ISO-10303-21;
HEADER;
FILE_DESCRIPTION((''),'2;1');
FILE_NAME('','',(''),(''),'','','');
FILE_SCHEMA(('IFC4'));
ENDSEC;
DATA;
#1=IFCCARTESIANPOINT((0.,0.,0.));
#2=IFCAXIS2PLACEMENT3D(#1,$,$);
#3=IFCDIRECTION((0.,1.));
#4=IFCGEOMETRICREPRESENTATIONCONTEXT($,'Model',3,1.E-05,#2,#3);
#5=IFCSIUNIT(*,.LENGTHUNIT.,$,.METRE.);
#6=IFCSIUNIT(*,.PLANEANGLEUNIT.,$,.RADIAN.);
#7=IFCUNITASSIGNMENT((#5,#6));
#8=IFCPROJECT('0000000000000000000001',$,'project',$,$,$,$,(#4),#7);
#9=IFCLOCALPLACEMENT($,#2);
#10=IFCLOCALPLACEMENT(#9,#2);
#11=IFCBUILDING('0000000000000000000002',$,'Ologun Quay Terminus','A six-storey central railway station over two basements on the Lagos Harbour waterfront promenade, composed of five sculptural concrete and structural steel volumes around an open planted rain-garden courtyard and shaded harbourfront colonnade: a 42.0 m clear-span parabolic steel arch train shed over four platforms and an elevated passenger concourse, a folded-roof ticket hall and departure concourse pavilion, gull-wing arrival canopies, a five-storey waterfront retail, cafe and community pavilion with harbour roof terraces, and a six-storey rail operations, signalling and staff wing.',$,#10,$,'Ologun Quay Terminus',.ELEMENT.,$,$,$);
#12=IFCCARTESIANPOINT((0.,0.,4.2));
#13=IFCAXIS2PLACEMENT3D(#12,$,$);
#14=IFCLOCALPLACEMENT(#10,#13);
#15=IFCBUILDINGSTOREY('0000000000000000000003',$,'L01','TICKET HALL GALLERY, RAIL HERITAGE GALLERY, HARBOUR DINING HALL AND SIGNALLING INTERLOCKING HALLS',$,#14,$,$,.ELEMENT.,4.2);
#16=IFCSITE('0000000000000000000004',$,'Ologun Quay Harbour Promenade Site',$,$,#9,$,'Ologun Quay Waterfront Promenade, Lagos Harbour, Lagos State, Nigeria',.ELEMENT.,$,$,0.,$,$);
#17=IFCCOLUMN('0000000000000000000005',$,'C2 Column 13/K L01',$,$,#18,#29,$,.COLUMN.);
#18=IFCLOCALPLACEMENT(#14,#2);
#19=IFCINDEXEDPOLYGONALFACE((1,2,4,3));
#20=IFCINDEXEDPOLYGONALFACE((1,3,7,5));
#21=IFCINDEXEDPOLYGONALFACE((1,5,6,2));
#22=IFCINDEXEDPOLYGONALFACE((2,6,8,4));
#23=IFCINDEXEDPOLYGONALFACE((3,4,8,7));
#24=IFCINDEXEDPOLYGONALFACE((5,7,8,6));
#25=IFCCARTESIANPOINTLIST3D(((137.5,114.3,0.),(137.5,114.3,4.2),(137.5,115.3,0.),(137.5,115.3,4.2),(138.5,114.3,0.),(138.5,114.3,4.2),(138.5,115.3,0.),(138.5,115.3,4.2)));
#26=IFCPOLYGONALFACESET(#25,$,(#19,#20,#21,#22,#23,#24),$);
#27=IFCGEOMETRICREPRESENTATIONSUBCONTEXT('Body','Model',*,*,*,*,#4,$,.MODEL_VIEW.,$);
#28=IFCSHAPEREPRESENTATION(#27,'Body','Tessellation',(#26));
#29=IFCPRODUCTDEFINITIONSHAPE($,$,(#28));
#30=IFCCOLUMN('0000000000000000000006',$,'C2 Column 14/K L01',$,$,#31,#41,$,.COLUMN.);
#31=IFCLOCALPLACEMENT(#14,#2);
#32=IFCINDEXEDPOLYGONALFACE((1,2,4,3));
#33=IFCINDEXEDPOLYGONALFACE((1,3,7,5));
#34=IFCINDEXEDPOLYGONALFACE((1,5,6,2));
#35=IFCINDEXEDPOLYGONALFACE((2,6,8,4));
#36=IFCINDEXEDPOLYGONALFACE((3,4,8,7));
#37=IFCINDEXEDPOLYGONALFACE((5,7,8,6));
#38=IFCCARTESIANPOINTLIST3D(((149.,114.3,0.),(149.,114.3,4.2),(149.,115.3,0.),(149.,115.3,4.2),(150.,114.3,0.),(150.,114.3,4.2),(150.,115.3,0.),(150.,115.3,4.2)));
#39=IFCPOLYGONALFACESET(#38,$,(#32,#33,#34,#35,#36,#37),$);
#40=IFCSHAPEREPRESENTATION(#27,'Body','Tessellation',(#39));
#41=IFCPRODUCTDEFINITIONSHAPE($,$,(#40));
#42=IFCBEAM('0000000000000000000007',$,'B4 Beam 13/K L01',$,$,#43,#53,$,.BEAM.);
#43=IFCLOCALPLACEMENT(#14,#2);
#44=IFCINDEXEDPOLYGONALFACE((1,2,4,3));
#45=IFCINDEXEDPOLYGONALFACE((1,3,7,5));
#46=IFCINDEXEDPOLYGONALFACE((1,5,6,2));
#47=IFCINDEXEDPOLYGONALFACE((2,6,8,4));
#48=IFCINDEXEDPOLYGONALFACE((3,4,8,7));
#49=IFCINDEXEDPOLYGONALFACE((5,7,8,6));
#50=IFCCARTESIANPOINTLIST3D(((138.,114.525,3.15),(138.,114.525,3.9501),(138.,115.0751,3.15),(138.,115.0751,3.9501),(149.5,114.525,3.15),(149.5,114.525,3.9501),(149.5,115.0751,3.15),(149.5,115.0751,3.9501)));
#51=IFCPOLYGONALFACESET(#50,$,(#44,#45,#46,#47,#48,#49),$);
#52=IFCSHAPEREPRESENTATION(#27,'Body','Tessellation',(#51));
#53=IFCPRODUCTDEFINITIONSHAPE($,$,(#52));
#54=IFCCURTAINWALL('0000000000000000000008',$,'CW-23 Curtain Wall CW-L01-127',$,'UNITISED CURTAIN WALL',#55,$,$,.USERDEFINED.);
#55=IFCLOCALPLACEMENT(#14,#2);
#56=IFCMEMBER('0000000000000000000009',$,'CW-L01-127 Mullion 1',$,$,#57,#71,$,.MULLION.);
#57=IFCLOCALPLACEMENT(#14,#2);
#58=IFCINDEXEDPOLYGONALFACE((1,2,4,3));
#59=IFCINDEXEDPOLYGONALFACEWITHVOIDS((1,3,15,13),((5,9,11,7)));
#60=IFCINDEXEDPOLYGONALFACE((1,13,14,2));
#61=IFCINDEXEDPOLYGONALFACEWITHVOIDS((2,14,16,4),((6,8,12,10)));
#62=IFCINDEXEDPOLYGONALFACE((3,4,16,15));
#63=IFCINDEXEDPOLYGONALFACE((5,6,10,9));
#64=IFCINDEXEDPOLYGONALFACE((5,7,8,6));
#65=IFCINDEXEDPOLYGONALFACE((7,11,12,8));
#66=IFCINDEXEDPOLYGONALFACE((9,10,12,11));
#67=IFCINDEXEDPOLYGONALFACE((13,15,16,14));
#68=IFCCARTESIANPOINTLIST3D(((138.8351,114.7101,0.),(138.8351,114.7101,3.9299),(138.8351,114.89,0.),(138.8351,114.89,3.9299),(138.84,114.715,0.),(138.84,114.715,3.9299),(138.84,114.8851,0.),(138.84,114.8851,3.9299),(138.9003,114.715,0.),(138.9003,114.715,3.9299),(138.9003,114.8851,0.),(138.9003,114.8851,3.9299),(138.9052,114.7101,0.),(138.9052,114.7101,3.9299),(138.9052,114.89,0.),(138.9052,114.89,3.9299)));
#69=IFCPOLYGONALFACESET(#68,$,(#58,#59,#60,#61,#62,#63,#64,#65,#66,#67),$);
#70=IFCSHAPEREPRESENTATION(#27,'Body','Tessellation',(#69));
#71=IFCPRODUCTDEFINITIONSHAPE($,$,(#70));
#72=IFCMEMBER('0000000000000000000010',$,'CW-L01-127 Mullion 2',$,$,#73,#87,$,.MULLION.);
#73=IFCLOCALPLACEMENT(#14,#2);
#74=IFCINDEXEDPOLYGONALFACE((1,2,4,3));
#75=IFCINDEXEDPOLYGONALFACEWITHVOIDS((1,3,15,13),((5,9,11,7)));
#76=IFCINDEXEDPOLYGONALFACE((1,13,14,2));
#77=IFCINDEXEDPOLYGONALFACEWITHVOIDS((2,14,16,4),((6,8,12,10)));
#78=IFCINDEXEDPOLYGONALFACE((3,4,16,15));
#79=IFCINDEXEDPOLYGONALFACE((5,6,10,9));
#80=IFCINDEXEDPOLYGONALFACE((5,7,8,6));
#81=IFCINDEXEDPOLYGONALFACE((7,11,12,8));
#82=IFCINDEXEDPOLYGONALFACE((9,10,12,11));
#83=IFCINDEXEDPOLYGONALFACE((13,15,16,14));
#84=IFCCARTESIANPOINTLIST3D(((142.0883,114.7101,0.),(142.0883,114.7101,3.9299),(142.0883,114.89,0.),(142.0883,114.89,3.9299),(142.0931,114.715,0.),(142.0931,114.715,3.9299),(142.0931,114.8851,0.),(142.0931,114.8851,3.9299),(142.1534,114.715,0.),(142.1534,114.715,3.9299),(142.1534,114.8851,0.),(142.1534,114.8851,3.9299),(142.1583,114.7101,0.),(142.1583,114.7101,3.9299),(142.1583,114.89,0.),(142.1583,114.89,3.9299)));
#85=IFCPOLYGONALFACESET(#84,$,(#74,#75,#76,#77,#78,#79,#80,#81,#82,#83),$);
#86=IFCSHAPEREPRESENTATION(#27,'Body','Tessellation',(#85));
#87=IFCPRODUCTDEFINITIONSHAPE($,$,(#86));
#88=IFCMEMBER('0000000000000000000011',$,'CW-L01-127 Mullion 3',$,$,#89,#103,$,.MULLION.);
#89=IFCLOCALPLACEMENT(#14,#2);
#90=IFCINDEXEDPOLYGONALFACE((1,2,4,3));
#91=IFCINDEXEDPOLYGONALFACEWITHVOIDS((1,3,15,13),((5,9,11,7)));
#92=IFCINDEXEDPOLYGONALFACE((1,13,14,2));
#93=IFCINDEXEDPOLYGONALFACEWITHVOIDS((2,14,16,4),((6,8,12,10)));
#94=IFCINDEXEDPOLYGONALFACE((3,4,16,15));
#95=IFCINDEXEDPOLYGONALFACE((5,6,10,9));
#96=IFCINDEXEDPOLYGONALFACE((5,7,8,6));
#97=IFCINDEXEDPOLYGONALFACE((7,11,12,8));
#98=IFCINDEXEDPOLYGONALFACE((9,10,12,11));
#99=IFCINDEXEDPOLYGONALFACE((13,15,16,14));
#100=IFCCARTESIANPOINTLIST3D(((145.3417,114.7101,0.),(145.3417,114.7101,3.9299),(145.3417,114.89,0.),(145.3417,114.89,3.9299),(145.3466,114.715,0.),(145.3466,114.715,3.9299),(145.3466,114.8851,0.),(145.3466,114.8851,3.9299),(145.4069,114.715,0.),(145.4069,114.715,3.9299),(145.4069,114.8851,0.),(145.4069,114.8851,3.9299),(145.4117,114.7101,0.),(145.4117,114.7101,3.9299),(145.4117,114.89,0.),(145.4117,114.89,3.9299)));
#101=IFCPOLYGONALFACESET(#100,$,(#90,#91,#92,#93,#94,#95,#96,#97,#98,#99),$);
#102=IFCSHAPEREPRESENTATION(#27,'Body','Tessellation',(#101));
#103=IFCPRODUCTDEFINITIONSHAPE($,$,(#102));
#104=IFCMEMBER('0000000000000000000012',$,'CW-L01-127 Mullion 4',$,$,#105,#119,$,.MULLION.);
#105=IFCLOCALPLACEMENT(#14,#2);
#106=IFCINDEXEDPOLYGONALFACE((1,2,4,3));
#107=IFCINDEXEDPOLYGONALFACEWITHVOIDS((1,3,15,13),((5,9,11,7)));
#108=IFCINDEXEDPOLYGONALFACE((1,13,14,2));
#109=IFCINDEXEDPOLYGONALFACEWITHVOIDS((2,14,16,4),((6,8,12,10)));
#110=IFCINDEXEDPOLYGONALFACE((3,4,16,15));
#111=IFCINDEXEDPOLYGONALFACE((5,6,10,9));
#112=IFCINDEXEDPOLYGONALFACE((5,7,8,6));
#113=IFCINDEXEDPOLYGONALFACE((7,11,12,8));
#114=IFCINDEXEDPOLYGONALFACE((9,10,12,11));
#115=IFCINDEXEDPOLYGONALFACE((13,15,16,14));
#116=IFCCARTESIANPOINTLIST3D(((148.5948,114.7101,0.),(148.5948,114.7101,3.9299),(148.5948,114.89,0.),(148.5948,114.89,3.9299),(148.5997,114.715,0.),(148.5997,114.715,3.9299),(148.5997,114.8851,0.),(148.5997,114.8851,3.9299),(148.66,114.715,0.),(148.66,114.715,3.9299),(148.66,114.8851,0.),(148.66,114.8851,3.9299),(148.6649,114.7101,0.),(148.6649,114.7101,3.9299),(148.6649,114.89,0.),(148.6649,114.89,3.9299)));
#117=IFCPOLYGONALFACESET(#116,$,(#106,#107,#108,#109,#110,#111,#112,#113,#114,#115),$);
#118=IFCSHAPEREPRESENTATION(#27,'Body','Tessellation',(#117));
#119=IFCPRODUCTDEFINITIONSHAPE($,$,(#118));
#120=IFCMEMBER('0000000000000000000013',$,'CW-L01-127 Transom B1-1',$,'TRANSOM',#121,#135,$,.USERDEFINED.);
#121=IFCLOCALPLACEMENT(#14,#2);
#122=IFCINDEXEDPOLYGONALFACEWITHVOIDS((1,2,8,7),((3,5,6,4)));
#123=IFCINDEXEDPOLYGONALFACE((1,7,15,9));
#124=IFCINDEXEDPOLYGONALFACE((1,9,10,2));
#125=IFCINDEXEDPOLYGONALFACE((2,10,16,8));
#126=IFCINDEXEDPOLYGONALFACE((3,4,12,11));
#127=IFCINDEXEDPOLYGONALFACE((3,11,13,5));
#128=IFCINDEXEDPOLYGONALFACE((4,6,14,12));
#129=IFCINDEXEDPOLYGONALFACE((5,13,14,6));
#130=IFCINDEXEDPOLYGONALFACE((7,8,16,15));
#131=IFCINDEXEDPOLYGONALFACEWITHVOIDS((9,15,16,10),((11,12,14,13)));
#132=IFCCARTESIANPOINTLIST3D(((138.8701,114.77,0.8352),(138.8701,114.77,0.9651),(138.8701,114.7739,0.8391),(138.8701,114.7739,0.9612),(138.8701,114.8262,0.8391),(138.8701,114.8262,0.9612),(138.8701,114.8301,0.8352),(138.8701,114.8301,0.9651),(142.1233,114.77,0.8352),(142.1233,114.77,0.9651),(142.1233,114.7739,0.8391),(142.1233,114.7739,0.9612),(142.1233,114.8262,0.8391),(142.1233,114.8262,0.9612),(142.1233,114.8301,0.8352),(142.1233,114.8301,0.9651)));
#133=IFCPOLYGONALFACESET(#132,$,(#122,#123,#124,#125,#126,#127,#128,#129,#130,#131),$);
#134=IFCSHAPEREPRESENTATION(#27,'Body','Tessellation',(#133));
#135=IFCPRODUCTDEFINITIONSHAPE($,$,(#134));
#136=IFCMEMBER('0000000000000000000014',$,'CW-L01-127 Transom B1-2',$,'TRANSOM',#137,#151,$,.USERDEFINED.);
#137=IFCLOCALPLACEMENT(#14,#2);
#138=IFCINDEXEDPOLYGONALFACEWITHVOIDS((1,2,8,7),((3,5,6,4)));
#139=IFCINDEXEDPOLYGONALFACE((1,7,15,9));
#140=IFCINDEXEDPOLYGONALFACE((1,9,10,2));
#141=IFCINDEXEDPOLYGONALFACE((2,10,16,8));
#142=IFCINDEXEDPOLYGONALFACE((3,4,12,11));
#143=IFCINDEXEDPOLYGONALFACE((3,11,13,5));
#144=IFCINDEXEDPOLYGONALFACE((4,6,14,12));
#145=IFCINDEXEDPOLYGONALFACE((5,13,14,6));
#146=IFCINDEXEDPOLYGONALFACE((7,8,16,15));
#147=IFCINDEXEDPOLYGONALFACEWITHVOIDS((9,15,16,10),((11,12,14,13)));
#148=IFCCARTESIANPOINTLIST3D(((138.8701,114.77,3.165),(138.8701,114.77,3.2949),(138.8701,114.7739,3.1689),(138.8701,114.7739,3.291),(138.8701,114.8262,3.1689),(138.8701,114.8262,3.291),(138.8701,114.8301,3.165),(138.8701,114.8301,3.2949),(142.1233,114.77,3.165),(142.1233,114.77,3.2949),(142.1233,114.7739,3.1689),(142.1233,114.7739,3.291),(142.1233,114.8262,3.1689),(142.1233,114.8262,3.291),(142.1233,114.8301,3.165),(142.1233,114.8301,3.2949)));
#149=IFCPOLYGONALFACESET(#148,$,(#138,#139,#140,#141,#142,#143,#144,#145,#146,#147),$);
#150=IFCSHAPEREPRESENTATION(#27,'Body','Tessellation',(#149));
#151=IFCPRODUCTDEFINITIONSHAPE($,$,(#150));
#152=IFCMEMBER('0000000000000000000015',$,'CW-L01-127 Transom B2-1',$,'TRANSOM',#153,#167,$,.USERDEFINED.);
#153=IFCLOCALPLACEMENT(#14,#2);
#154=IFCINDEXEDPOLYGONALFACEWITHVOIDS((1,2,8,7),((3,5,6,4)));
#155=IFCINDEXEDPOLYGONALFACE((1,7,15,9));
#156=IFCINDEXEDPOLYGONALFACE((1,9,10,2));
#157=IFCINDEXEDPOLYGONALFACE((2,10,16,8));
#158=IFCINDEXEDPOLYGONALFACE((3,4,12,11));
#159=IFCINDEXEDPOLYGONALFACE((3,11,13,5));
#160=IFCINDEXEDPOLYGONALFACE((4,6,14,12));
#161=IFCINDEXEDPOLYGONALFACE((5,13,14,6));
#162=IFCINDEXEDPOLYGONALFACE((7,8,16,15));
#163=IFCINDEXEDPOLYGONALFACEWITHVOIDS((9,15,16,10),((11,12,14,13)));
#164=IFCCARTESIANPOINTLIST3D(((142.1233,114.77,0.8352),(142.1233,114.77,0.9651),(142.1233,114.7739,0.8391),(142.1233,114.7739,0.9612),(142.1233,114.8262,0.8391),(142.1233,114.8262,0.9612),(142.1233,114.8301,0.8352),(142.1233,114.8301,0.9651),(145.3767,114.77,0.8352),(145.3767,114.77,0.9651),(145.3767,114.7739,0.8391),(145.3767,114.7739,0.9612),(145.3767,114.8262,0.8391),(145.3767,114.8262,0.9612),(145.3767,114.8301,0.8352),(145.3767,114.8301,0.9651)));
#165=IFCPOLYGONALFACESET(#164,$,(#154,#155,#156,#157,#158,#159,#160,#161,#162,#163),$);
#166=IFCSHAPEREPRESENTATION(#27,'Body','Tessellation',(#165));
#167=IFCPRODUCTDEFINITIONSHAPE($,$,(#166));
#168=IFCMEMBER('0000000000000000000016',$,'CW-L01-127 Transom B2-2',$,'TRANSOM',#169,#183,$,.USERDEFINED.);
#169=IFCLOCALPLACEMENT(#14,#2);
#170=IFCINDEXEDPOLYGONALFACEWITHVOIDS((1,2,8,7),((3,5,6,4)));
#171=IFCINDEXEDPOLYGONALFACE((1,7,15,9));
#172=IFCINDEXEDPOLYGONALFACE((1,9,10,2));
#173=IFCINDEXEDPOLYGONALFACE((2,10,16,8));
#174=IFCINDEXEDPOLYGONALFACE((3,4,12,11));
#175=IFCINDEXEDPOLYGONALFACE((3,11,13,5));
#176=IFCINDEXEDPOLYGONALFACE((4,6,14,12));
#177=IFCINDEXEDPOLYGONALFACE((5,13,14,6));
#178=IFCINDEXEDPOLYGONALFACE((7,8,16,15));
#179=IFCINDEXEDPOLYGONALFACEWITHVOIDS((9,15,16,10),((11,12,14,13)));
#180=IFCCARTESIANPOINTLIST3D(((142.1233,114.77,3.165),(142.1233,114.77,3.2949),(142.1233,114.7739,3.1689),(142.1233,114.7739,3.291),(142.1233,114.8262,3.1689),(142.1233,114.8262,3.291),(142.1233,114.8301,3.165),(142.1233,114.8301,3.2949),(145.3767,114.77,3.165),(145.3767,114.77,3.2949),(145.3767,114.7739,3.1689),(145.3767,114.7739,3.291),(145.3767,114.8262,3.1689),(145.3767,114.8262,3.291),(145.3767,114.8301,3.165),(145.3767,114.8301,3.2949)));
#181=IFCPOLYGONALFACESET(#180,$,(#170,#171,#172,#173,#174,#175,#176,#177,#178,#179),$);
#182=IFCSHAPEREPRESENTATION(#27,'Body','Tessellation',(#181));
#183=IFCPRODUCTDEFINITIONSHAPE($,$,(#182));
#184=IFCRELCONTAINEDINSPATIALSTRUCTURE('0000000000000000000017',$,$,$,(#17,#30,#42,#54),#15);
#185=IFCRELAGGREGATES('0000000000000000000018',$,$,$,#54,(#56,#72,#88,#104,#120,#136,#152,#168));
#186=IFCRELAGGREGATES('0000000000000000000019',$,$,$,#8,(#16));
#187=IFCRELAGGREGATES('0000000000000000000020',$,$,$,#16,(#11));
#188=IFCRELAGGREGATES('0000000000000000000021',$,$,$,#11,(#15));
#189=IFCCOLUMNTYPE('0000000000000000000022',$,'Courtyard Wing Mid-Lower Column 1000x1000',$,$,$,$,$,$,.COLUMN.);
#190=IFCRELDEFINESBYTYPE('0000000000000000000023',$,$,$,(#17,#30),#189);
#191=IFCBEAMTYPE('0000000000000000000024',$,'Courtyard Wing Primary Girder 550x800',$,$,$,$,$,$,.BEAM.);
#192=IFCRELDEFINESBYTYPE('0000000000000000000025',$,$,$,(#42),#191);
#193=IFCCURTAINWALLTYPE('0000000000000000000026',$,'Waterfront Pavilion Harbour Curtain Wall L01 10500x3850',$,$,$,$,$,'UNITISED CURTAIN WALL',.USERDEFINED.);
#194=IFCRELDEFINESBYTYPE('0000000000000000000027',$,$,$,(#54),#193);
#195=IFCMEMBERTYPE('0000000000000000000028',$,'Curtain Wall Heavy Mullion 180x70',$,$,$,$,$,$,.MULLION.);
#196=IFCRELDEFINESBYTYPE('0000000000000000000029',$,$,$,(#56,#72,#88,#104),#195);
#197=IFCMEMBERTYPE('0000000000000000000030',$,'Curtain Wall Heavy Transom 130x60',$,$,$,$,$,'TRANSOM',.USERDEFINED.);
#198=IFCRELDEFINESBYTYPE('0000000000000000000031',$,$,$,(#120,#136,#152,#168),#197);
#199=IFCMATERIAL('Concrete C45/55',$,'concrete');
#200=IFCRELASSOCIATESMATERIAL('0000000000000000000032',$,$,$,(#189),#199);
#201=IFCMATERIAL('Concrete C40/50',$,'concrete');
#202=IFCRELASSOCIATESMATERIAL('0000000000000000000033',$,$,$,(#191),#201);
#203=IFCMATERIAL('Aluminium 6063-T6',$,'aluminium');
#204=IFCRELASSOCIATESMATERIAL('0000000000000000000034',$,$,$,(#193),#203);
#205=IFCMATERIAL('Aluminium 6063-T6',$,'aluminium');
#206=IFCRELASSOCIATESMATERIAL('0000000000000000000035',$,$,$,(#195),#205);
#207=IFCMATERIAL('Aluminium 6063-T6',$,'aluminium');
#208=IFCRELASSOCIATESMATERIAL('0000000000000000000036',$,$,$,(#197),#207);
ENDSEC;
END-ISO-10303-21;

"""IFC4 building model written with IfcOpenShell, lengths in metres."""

from ifc_helpers import new_model, si_unit, direction, frame, origin, origin_2d, place, context, subcontext, project, spatial, rectangle, hollow_rectangle, extrude, material, material_profile, profile_set, type_object, element, aggregate, save


model = new_model("IFC4")

# Units and contexts
model_context = context("Model", 3, precision=1e-05, world=origin(), true_north=direction((0.0, 1.0)))
body_context = subcontext(model_context, "Body", "Model", "MODEL_VIEW")
ifc_project = project(units=[si_unit("LENGTHUNIT", "METRE"), si_unit("PLANEANGLEUNIT", "RADIAN")], contexts=[model_context])

# Site, building, storey
site_placement = place(None, origin())
site = spatial("IfcSite", under=ifc_project, at=site_placement, Name="Ologun Quay Harbour Promenade Site", LongName="Ologun Quay Waterfront Promenade, Lagos Harbour, Lagos State, Nigeria", CompositionType="ELEMENT", RefElevation=0.0)
building_placement = place(site_placement, origin())
building = spatial("IfcBuilding", under=site, at=building_placement, Name="Ologun Quay Terminus", Description="A six-storey central railway station over two basements on the Lagos Harbour waterfront promenade, composed of five sculptural concrete and structural steel volumes around an open planted rain-garden courtyard and shaded harbourfront colonnade: a 42.0 m clear-span parabolic steel arch train shed over four platforms and an elevated passenger concourse, a folded-roof ticket hall and departure concourse pavilion, gull-wing arrival canopies, a five-storey waterfront retail, cafe and community pavilion with harbour roof terraces, and a six-storey rail operations, signalling and staff wing.", LongName="Ologun Quay Terminus", CompositionType="ELEMENT")
storey_placement = place(building_placement, frame((0.0, 0.0, 4.2)))
storey = spatial("IfcBuildingStorey", under=building, at=storey_placement, Name="L01", Description="TICKET HALL GALLERY, RAIL HERITAGE GALLERY, HARBOUR DINING HALL AND SIGNALLING INTERLOCKING HALLS", CompositionType="ELEMENT", Elevation=4.2)

# Columns
ifc_material_1 = material(Name="Concrete C45/55", Category="concrete")
ifc_material_profile_1 = material_profile(ifc_material_1, rectangle(XDim=1.0, YDim=1.0, at=origin_2d()), Name="RC 1000x1000")
ifc_profile_set_1 = profile_set([ifc_material_profile_1], Name="Concrete C45/55")
column_type = type_object("IfcColumnType", Name="Courtyard Wing Mid-Lower Column 1000x1000", PredefinedType="COLUMN", material=ifc_profile_set_1)
for number, where, z_axis, x_axis, name in (
    (1, (138.0, 114.8, 0.0), (0.0, 0.0, 1.0), (1.0, 0.0, 0.0), "C2 Column 13/K L01"),
    (2, (149.5, 114.8, 0.0), (0.0, 0.0, 1.0), (1.0, 0.0, 0.0), "C2 Column 14/K L01"),
):
    element("IfcColumn", number, at=place(storey_placement, frame(where, z_axis=z_axis, x_axis=x_axis)), inside=storey, type_object=column_type, Name=name, PredefinedType="COLUMN", context=body_context, shape_type="SweptSolid", body=[
        extrude(rectangle(XDim=1.0, YDim=1.0, at=origin_2d()), origin(), (0.0, 0.0, 1.0), 4.2),
    ])

# Beam
ifc_material_2 = material(Name="Concrete C40/50", Category="concrete")
ifc_material_profile_2 = material_profile(ifc_material_2, rectangle(XDim=0.55, YDim=0.8, at=origin_2d()), Name="RC 550x800")
ifc_profile_set_2 = profile_set([ifc_material_profile_2], Name="Concrete C40/50")
beam_type = type_object("IfcBeamType", Name="Courtyard Wing Primary Girder 550x800", PredefinedType="BEAM", material=ifc_profile_set_2)
beam_placement = place(storey_placement, frame((138.0, 114.8, 3.55), z_axis=(1.0, 0.0, 0.0), x_axis=(0.0, 1.0, 0.0)))
element("IfcBeam", 3, at=beam_placement, inside=storey, type_object=beam_type, Name="B4 Beam 13/K L01", PredefinedType="BEAM", context=body_context, shape_type="SweptSolid", body=[
    extrude(rectangle(XDim=0.55, YDim=0.8, at=origin_2d()), origin(), (0.0, 0.0, 1.0), 11.5),
])

# Curtain wall, members
ifc_material_3 = material(Name="Aluminium 6063-T6", Category="aluminium")
curtain_wall_type = type_object("IfcCurtainWallType", Name="Waterfront Pavilion Harbour Curtain Wall L01 10500x3850", ElementType="UNITISED CURTAIN WALL", PredefinedType="USERDEFINED", material=ifc_material_3)
curtain_wall_placement = place(storey_placement, origin())
curtain_wall = element("IfcCurtainWall", 4, at=curtain_wall_placement, inside=storey, type_object=curtain_wall_type, Name="CW-23 Curtain Wall CW-L01-127", ObjectType="UNITISED CURTAIN WALL", PredefinedType="USERDEFINED")
ifc_material_4 = material(Name="Aluminium 6063-T6", Category="aluminium")
ifc_material_profile_3 = material_profile(ifc_material_4, hollow_rectangle(XDim=0.0701, YDim=0.1799, WallThickness=0.0049, at=origin_2d()), Name="ALU 180x70x5")
ifc_profile_set_3 = profile_set([ifc_material_profile_3], Name="Aluminium 6063-T6")
member_type_1 = type_object("IfcMemberType", Name="Curtain Wall Heavy Mullion 180x70", PredefinedType="MULLION", material=ifc_profile_set_3)
member_1_placement = place(storey_placement, frame((138.8701, 114.8, 0.0), z_axis=(0.0, 0.0, 1.0), x_axis=(1.0, 0.0, 0.0)))
member_1 = element("IfcMember", 5, at=member_1_placement, type_object=member_type_1, Name="CW-L01-127 Mullion 1", PredefinedType="MULLION", context=body_context, shape_type="SweptSolid", body=[
    extrude(hollow_rectangle(XDim=0.0701, YDim=0.1799, WallThickness=0.0049, at=origin_2d()), origin(), (0.0, 0.0, 1.0), 3.9299),
])
member_2_placement = place(storey_placement, frame((142.1233, 114.8, 0.0), z_axis=(0.0, 0.0, 1.0), x_axis=(1.0, 0.0, 0.0)))
member_2 = element("IfcMember", 6, at=member_2_placement, type_object=member_type_1, Name="CW-L01-127 Mullion 2", PredefinedType="MULLION", context=body_context, shape_type="SweptSolid", body=[
    extrude(hollow_rectangle(XDim=0.0701, YDim=0.1799, WallThickness=0.0049, at=origin_2d()), origin(), (0.0, 0.0, 1.0), 3.9299),
])
member_3_placement = place(storey_placement, frame((145.3767, 114.8, 0.0), z_axis=(0.0, 0.0, 1.0), x_axis=(1.0, 0.0, 0.0)))
member_3 = element("IfcMember", 7, at=member_3_placement, type_object=member_type_1, Name="CW-L01-127 Mullion 3", PredefinedType="MULLION", context=body_context, shape_type="SweptSolid", body=[
    extrude(hollow_rectangle(XDim=0.0701, YDim=0.1799, WallThickness=0.0049, at=origin_2d()), origin(), (0.0, 0.0, 1.0), 3.9299),
])
member_4_placement = place(storey_placement, frame((148.6299, 114.8, 0.0), z_axis=(0.0, 0.0, 1.0), x_axis=(1.0, 0.0, 0.0)))
member_4 = element("IfcMember", 8, at=member_4_placement, type_object=member_type_1, Name="CW-L01-127 Mullion 4", PredefinedType="MULLION", context=body_context, shape_type="SweptSolid", body=[
    extrude(hollow_rectangle(XDim=0.0701, YDim=0.1799, WallThickness=0.0049, at=origin_2d()), origin(), (0.0, 0.0, 1.0), 3.9299),
])
ifc_material_5 = material(Name="Aluminium 6063-T6", Category="aluminium")
ifc_material_profile_4 = material_profile(ifc_material_5, hollow_rectangle(XDim=0.0601, YDim=0.1299, WallThickness=0.0039, at=origin_2d()), Name="ALU 130x60x4")
ifc_profile_set_4 = profile_set([ifc_material_profile_4], Name="Aluminium 6063-T6")
member_type_2 = type_object("IfcMemberType", Name="Curtain Wall Heavy Transom 130x60", ElementType="TRANSOM", PredefinedType="USERDEFINED", material=ifc_profile_set_4)
member_5_placement = place(storey_placement, frame((138.8701, 114.8, 0.9001), z_axis=(1.0, 0.0, 0.0), x_axis=(0.0, 1.0, 0.0)))
member_5 = element("IfcMember", 9, at=member_5_placement, type_object=member_type_2, Name="CW-L01-127 Transom B1-1", ObjectType="TRANSOM", PredefinedType="USERDEFINED", context=body_context, shape_type="SweptSolid", body=[
    extrude(hollow_rectangle(XDim=0.0601, YDim=0.1299, WallThickness=0.0039, at=origin_2d()), origin(), (0.0, 0.0, 1.0), 3.2532),
])
member_6_placement = place(storey_placement, frame((138.8701, 114.8, 3.23), z_axis=(1.0, 0.0, 0.0), x_axis=(0.0, 1.0, 0.0)))
member_6 = element("IfcMember", 10, at=member_6_placement, type_object=member_type_2, Name="CW-L01-127 Transom B1-2", ObjectType="TRANSOM", PredefinedType="USERDEFINED", context=body_context, shape_type="SweptSolid", body=[
    extrude(hollow_rectangle(XDim=0.0601, YDim=0.1299, WallThickness=0.0039, at=origin_2d()), origin(), (0.0, 0.0, 1.0), 3.2532),
])
member_7_placement = place(storey_placement, frame((142.1233, 114.8, 0.9001), z_axis=(1.0, 0.0, 0.0), x_axis=(0.0, 1.0, 0.0)))
member_7 = element("IfcMember", 11, at=member_7_placement, type_object=member_type_2, Name="CW-L01-127 Transom B2-1", ObjectType="TRANSOM", PredefinedType="USERDEFINED", context=body_context, shape_type="SweptSolid", body=[
    extrude(hollow_rectangle(XDim=0.0601, YDim=0.1299, WallThickness=0.0039, at=origin_2d()), origin(), (0.0, 0.0, 1.0), 3.2534),
])
member_8_placement = place(storey_placement, frame((142.1233, 114.8, 3.23), z_axis=(1.0, 0.0, 0.0), x_axis=(0.0, 1.0, 0.0)))
member_8 = element("IfcMember", 12, at=member_8_placement, type_object=member_type_2, Name="CW-L01-127 Transom B2-2", ObjectType="TRANSOM", PredefinedType="USERDEFINED", context=body_context, shape_type="SweptSolid", body=[
    extrude(hollow_rectangle(XDim=0.0601, YDim=0.1299, WallThickness=0.0039, at=origin_2d()), origin(), (0.0, 0.0, 1.0), 3.2534),
])

aggregate(curtain_wall, [member_1, member_2, member_3, member_4, member_5, member_6, member_7, member_8])

save(model, "model.ifc")
